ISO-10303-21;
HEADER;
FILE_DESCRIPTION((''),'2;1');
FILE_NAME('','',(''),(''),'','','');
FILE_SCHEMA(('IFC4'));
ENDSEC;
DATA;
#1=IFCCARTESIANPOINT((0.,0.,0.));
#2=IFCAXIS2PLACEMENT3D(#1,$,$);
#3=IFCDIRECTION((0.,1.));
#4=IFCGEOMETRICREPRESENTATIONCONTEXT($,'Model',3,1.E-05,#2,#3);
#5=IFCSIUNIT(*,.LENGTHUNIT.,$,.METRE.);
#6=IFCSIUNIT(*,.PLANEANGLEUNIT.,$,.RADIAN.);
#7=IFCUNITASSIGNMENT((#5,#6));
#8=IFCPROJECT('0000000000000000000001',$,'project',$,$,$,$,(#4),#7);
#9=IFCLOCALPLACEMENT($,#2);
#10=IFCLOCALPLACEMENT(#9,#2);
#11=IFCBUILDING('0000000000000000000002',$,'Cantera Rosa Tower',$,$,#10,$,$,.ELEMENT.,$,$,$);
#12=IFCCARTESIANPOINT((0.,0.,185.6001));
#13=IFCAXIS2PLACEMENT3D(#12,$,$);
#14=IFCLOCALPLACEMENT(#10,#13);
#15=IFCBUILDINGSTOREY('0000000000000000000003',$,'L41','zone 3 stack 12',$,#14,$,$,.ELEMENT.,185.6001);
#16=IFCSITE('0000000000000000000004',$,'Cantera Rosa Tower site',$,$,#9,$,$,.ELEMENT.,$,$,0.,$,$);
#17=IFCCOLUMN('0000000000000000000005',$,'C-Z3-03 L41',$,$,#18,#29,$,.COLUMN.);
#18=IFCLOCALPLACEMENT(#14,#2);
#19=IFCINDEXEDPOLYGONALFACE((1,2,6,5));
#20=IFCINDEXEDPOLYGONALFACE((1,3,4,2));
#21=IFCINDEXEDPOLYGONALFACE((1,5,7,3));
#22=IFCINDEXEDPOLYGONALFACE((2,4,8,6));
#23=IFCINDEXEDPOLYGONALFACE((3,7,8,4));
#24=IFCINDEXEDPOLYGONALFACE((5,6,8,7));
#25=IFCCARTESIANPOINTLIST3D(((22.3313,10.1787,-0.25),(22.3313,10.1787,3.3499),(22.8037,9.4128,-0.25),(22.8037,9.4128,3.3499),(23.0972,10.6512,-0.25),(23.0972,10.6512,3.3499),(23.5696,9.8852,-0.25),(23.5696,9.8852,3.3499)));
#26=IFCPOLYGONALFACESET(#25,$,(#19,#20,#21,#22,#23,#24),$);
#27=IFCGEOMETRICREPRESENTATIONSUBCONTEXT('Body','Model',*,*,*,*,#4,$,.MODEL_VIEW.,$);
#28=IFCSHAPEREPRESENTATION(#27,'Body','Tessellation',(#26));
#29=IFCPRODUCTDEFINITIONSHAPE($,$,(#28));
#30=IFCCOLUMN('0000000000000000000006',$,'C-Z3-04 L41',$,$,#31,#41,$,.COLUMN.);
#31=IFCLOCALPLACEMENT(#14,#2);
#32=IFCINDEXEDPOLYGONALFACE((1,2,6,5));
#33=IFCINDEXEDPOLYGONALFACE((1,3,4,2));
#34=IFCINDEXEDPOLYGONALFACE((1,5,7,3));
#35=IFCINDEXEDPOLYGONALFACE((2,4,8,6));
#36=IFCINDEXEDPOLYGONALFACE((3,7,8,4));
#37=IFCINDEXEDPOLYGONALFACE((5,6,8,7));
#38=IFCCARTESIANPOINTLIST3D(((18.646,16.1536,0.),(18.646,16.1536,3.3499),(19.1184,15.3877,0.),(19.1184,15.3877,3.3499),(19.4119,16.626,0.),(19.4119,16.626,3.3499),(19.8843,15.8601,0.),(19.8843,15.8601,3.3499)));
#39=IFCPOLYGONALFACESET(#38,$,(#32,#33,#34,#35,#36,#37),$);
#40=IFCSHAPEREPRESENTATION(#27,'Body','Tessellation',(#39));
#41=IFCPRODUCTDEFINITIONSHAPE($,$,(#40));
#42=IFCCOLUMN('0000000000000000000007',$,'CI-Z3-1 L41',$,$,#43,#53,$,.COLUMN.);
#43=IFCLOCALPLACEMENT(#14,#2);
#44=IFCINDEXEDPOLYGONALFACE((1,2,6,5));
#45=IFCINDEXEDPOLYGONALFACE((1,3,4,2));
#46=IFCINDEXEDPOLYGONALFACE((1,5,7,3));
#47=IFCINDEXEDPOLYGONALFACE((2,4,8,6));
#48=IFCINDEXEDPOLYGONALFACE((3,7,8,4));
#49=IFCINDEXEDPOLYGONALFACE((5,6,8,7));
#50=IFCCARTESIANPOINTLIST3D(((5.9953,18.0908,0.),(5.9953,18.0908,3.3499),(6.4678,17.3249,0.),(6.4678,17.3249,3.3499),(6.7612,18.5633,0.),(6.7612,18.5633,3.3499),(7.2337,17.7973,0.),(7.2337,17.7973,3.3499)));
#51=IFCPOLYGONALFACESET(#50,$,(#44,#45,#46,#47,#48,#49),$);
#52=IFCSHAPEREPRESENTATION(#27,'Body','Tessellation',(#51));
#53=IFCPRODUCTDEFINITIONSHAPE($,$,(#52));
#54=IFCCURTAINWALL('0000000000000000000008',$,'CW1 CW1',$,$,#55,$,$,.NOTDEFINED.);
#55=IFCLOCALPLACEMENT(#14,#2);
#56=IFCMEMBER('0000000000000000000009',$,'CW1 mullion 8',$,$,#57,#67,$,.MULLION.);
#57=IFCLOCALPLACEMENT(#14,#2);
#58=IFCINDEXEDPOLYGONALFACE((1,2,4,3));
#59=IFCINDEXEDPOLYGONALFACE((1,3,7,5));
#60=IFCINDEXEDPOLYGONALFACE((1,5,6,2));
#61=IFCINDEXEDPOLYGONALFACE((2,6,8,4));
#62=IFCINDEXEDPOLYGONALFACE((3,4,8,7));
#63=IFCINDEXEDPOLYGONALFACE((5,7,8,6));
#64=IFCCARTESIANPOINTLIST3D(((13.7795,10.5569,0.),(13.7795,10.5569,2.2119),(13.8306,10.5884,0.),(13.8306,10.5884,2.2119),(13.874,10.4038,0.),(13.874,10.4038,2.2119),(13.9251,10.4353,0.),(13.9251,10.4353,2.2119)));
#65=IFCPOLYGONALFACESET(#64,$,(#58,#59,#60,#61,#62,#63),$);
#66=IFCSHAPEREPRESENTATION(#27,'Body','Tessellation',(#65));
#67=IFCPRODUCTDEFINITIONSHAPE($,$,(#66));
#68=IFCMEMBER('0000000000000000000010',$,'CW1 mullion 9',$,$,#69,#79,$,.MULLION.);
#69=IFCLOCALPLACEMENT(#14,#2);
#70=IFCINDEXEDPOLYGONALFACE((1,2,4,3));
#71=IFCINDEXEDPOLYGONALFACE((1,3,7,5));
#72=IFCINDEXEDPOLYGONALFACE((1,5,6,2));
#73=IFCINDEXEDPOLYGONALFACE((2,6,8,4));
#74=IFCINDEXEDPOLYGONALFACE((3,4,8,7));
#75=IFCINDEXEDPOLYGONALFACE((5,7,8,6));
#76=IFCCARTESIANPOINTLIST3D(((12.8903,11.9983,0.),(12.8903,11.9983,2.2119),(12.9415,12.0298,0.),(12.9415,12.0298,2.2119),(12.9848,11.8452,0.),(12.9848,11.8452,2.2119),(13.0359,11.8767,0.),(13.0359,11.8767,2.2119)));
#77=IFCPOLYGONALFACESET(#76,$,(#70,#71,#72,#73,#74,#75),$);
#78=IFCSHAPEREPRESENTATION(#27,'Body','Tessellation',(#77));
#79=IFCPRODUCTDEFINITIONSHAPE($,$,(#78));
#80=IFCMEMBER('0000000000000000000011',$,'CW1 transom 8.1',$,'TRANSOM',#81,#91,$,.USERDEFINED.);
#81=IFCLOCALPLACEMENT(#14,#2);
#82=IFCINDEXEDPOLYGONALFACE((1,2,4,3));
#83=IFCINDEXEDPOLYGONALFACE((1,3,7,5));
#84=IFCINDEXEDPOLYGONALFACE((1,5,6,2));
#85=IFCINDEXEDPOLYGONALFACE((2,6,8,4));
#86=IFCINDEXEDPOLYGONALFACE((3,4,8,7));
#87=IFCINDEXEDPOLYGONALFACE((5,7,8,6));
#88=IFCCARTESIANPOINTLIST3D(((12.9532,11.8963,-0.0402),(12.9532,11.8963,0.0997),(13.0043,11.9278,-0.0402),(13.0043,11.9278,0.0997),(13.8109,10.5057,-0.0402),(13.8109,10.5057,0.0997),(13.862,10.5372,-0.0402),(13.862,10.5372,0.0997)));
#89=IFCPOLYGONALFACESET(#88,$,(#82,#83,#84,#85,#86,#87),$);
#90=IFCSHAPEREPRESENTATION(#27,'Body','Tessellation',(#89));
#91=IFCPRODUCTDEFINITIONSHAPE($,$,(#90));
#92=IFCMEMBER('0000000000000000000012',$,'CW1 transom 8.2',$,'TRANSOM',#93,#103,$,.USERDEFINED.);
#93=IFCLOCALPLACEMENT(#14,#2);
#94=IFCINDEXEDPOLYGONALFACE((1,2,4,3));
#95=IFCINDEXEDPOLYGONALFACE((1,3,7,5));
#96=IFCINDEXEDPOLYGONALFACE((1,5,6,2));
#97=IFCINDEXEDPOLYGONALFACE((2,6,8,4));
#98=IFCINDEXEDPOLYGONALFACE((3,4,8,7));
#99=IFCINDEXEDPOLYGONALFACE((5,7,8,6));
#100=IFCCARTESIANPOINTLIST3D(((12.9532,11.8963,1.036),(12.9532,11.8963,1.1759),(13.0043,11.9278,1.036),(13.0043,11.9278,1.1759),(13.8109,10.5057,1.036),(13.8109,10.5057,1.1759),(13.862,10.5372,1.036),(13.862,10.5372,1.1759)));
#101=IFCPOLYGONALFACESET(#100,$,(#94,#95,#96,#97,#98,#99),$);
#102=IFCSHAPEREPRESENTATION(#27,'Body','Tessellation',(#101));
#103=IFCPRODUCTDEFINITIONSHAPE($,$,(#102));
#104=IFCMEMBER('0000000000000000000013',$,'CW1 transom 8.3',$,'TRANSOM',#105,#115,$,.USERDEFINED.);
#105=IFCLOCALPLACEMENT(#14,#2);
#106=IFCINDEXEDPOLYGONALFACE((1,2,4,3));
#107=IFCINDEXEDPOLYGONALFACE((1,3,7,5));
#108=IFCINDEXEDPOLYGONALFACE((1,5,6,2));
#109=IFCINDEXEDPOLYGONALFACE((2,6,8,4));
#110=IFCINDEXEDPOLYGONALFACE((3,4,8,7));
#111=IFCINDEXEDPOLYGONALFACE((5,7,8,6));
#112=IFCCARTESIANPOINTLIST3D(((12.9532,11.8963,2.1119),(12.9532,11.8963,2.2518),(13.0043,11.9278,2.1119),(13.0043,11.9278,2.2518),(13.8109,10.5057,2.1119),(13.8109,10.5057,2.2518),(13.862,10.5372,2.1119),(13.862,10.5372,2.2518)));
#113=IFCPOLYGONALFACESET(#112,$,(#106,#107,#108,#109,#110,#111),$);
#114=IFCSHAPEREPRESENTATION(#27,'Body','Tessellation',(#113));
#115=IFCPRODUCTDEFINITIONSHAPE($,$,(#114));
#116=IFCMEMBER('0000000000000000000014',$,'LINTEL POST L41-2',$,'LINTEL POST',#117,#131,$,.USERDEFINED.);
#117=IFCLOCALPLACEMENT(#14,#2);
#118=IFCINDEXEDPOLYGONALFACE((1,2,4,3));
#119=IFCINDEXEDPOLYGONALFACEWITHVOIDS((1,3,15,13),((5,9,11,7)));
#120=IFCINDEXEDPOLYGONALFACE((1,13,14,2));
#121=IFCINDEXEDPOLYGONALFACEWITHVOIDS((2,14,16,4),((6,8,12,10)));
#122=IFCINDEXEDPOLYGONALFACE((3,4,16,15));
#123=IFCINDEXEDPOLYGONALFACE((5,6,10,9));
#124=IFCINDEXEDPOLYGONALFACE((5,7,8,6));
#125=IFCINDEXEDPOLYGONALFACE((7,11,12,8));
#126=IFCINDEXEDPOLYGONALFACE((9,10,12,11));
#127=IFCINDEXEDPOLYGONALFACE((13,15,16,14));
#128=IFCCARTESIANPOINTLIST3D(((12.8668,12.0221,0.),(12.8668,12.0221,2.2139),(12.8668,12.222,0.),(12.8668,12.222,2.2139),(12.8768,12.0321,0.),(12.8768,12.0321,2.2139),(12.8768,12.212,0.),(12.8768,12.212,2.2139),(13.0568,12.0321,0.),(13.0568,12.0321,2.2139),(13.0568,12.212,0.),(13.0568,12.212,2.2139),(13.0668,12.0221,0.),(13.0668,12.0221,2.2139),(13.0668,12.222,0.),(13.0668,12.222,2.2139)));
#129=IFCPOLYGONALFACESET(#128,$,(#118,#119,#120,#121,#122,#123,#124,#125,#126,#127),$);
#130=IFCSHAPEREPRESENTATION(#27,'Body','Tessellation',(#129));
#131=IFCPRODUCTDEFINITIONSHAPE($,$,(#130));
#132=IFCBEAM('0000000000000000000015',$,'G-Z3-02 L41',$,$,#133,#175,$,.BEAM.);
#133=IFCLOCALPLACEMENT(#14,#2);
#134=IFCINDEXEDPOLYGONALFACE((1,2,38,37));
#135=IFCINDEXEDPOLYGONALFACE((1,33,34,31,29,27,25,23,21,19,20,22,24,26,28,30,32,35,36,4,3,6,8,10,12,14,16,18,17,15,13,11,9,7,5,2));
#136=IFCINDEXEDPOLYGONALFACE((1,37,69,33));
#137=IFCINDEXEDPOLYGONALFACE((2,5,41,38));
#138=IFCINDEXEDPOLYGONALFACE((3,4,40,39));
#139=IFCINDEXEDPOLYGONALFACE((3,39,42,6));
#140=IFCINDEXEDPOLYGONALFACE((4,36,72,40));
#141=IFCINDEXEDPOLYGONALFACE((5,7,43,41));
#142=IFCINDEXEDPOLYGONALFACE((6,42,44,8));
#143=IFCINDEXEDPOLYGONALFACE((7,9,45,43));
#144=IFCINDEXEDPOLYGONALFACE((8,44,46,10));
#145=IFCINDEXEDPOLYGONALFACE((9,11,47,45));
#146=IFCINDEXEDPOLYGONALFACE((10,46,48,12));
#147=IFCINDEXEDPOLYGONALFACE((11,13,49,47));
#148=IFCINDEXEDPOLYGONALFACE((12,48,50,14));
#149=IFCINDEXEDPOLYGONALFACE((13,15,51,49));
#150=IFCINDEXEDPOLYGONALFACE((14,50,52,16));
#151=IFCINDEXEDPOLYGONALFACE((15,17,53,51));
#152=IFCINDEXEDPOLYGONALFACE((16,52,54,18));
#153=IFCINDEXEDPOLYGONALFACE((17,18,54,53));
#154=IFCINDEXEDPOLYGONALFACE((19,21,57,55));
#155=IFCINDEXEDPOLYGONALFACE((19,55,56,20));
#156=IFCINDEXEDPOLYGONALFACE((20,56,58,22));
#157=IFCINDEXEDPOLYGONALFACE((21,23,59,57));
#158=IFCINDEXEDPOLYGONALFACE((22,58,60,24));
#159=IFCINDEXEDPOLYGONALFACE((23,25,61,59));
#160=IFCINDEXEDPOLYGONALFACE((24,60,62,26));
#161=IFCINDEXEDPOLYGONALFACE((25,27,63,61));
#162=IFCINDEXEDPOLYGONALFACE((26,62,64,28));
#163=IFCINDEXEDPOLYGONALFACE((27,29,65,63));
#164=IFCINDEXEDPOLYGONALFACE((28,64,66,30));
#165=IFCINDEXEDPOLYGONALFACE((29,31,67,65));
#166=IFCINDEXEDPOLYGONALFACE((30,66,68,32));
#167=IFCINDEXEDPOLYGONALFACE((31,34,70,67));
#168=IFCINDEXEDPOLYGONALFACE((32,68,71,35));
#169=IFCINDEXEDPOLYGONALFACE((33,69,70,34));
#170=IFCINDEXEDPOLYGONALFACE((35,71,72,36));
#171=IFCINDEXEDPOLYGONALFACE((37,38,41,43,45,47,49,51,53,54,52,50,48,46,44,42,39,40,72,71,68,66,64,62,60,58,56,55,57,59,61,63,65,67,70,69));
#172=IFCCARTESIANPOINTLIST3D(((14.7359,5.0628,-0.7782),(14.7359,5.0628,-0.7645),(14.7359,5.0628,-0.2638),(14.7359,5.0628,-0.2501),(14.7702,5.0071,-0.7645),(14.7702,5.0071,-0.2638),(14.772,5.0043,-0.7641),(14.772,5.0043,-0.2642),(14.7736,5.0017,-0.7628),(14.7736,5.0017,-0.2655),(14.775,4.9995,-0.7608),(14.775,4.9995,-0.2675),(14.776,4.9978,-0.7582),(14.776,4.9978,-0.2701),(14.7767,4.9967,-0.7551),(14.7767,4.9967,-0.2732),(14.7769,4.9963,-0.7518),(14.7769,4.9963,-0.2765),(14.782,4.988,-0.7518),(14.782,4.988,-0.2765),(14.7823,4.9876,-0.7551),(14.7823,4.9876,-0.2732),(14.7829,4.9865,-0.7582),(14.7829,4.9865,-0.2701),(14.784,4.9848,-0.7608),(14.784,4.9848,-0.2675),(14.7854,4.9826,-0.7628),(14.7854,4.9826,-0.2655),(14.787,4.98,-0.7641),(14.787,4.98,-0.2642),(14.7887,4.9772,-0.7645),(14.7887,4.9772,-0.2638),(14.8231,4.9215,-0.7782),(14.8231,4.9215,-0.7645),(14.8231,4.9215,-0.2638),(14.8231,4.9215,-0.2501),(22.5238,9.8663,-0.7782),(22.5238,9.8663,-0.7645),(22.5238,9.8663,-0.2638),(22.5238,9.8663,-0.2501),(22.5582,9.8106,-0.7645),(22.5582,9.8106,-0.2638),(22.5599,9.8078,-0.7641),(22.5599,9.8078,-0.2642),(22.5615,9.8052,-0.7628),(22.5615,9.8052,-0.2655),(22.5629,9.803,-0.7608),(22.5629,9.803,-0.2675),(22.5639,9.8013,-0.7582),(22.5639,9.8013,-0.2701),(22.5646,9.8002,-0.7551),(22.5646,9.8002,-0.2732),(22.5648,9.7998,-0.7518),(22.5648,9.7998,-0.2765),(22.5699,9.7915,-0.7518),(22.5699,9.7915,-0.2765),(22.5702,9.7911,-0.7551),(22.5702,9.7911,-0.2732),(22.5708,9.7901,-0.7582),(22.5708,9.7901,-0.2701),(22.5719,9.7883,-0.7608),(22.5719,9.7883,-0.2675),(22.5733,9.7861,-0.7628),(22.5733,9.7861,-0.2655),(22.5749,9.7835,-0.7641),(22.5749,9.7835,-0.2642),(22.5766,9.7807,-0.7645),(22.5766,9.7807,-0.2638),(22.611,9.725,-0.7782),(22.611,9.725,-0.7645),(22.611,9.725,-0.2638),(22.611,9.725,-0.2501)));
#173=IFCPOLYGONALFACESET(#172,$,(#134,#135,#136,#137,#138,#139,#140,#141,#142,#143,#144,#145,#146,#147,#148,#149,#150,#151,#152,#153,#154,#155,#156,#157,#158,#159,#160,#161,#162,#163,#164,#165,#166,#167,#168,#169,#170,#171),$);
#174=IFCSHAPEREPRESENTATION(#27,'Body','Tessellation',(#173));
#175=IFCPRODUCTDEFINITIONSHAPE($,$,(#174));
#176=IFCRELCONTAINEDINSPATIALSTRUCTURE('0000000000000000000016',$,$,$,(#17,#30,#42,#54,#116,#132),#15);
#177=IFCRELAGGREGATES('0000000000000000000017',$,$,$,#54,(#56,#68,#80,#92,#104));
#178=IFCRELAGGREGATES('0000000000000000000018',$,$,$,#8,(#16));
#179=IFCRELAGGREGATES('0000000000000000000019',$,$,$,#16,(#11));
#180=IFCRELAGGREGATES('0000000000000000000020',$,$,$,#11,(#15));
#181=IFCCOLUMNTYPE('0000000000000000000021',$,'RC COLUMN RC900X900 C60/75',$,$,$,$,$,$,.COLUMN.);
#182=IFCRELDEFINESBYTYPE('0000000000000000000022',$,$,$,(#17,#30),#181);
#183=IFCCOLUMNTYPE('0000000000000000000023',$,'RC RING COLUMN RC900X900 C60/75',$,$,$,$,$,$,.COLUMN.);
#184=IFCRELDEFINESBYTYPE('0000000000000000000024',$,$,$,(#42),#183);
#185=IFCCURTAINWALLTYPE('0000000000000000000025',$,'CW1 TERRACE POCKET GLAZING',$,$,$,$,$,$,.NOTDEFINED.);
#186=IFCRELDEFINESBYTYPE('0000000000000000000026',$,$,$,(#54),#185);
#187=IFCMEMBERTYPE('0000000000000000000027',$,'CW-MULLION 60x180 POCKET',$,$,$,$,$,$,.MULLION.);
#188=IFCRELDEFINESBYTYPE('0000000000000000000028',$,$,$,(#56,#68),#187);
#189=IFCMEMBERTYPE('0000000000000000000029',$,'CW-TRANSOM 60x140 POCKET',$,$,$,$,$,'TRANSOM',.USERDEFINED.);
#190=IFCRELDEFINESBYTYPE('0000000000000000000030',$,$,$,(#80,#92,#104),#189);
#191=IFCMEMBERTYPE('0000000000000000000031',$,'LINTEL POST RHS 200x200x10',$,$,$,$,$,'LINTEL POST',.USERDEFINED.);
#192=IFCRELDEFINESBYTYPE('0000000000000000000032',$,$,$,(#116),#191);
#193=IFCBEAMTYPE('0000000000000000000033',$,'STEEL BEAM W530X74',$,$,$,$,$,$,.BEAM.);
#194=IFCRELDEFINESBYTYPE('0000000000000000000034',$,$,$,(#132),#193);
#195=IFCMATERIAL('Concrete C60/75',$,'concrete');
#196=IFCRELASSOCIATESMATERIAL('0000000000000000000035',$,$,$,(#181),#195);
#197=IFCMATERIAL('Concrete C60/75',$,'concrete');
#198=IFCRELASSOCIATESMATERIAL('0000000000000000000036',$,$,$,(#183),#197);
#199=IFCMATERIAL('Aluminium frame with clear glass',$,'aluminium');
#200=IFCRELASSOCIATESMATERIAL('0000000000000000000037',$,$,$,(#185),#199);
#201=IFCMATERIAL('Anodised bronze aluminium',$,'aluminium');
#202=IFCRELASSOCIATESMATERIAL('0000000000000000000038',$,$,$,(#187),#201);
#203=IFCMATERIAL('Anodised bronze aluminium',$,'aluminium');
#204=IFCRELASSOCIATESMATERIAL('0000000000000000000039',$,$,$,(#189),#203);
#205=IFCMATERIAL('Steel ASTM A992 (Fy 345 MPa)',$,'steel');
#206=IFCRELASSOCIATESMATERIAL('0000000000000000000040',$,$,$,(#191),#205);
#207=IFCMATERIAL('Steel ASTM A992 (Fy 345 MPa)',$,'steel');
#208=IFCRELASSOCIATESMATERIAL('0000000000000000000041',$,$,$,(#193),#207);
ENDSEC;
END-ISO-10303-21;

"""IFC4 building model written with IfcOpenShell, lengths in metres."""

from ifc_helpers import new_model, si_unit, direction, frame, origin, origin_2d, place, context, subcontext, project, spatial, rectangle, hollow_rectangle, i_section, extrude, material, material_profile, profile_set, type_object, element, aggregate, save


model = new_model("IFC4")

# Units and contexts
model_context = context("Model", 3, precision=1e-05, world=origin(), true_north=direction((0.0, 1.0)))
body_context = subcontext(model_context, "Body", "Model", "MODEL_VIEW")
ifc_project = project(units=[si_unit("LENGTHUNIT", "METRE"), si_unit("PLANEANGLEUNIT", "RADIAN")], contexts=[model_context])

# Site, building, storey
site_placement = place(None, origin())
site = spatial("IfcSite", under=ifc_project, at=site_placement, Name="Cantera Rosa Tower site", CompositionType="ELEMENT", RefElevation=0.0)
building_placement = place(site_placement, origin())
building = spatial("IfcBuilding", under=site, at=building_placement, Name="Cantera Rosa Tower", CompositionType="ELEMENT")
storey_placement = place(building_placement, frame((0.0, 0.0, 185.6001)))
storey = spatial("IfcBuildingStorey", under=building, at=storey_placement, Name="L41", Description="zone 3 stack 12", CompositionType="ELEMENT", Elevation=185.6001)

# Columns
ifc_material_1 = material(Name="Concrete C60/75", Category="concrete")
ifc_material_profile_1 = material_profile(ifc_material_1, rectangle(XDim=0.8999, YDim=0.8999, at=origin_2d()), Name="RC COLUMN RC900X900 C60/75")
ifc_profile_set_1 = profile_set([ifc_material_profile_1], Name="Concrete C60/75")
column_type_1 = type_object("IfcColumnType", Name="RC COLUMN RC900X900 C60/75", PredefinedType="COLUMN", material=ifc_profile_set_1)
column_1_placement = place(storey_placement, frame((22.9504, 10.032, -0.25), z_axis=(0.0, 0.0, 1.0), x_axis=(0.851117, 0.524977, 0.0)))
element("IfcColumn", 1, at=column_1_placement, inside=storey, type_object=column_type_1, Name="C-Z3-03 L41", PredefinedType="COLUMN", context=body_context, shape_type="SweptSolid", body=[
    extrude(rectangle(XDim=0.8999, YDim=0.8999, at=origin_2d()), origin(), (0.0, 0.0, 1.0), 3.5999),
])
column_2_placement = place(storey_placement, frame((19.2651, 16.0068, 0.0), z_axis=(0.0, 0.0, 1.0), x_axis=(0.851117, 0.524977, 0.0)))
element("IfcColumn", 2, at=column_2_placement, inside=storey, type_object=column_type_1, Name="C-Z3-04 L41", PredefinedType="COLUMN", context=body_context, shape_type="SweptSolid", body=[
    extrude(rectangle(XDim=0.8999, YDim=0.8999, at=origin_2d()), origin(), (0.0, 0.0, 1.0), 3.3499),
])
ifc_material_2 = material(Name="Concrete C60/75", Category="concrete")
ifc_material_profile_2 = material_profile(ifc_material_2, rectangle(XDim=0.8999, YDim=0.8999, at=origin_2d()), Name="RC RING COLUMN RC900X900 C60/75")
ifc_profile_set_2 = profile_set([ifc_material_profile_2], Name="Concrete C60/75")
column_type_2 = type_object("IfcColumnType", Name="RC RING COLUMN RC900X900 C60/75", PredefinedType="COLUMN", material=ifc_profile_set_2)
column_3_placement = place(storey_placement, frame((6.6145, 17.9441, 0.0), z_axis=(0.0, 0.0, 1.0), x_axis=(0.851117, 0.524977, 0.0)))
element("IfcColumn", 3, at=column_3_placement, inside=storey, type_object=column_type_2, Name="CI-Z3-1 L41", PredefinedType="COLUMN", context=body_context, shape_type="SweptSolid", body=[
    extrude(rectangle(XDim=0.8999, YDim=0.8999, at=origin_2d()), origin(), (0.0, 0.0, 1.0), 3.3499),
])

# Curtain wall, members
ifc_material_3 = material(Name="Aluminium frame with clear glass", Category="aluminium")
curtain_wall_type = type_object("IfcCurtainWallType", Name="CW1 TERRACE POCKET GLAZING", PredefinedType="NOTDEFINED", material=ifc_material_3)
curtain_wall_placement = place(storey_placement, origin())
curtain_wall = element("IfcCurtainWall", 4, at=curtain_wall_placement, inside=storey, type_object=curtain_wall_type, Name="CW1 CW1", PredefinedType="NOTDEFINED")
ifc_material_4 = material(Name="Anodised bronze aluminium", Category="aluminium")
ifc_material_profile_3 = material_profile(ifc_material_4, rectangle(XDim=0.0601, YDim=0.1799, at=origin_2d()), Name="CW-MULLION 60x180 POCKET")
ifc_profile_set_3 = profile_set([ifc_material_profile_3], Name="Anodised bronze aluminium")
member_type_1 = type_object("IfcMemberType", Name="CW-MULLION 60x180 POCKET", PredefinedType="MULLION", material=ifc_profile_set_3)
member_1_placement = place(storey_placement, frame((13.8523, 10.4961, 0.0), z_axis=(0.0, 0.0, 1.0), x_axis=(-0.851117, -0.524977, 0.0)))
member_1 = element("IfcMember", 5, at=member_1_placement, type_object=member_type_1, Name="CW1 mullion 8", PredefinedType="MULLION", context=body_context, shape_type="SweptSolid", body=[
    extrude(rectangle(XDim=0.0601, YDim=0.1799, at=origin_2d()), origin(), (0.0, 0.0, 1.0), 2.2119),
])
member_2_placement = place(storey_placement, frame((12.9631, 11.9375, 0.0), z_axis=(0.0, 0.0, 1.0), x_axis=(-0.851117, -0.524977, 0.0)))
member_2 = element("IfcMember", 6, at=member_2_placement, type_object=member_type_1, Name="CW1 mullion 9", PredefinedType="MULLION", context=body_context, shape_type="SweptSolid", body=[
    extrude(rectangle(XDim=0.0601, YDim=0.1799, at=origin_2d()), origin(), (0.0, 0.0, 1.0), 2.2119),
])
ifc_material_5 = material(Name="Anodised bronze aluminium", Category="aluminium")
ifc_material_profile_4 = material_profile(ifc_material_5, rectangle(XDim=0.0601, YDim=0.1399, at=origin_2d()), Name="CW-TRANSOM 60x140 POCKET")
ifc_profile_set_4 = profile_set([ifc_material_profile_4], Name="Anodised bronze aluminium")
member_type_2 = type_object("IfcMemberType", Name="CW-TRANSOM 60x140 POCKET", ElementType="TRANSOM", PredefinedType="USERDEFINED", material=ifc_profile_set_4)
member_3_placement = place(storey_placement, frame((13.8364, 10.5215, 0.0298), z_axis=(-0.524939, 0.85114, 0.0), x_axis=(-0.85114, -0.524939, 0.0)))
member_3 = element("IfcMember", 7, at=member_3_placement, type_object=member_type_2, Name="CW1 transom 8.1", ObjectType="TRANSOM", PredefinedType="USERDEFINED", context=body_context, shape_type="SweptSolid", body=[
    extrude(rectangle(XDim=0.0601, YDim=0.1399, at=origin_2d()), origin(), (0.0, 0.0, 1.0), 1.6338),
])
member_4_placement = place(storey_placement, frame((13.8364, 10.5215, 1.106), z_axis=(-0.524939, 0.85114, 0.0), x_axis=(-0.85114, -0.524939, 0.0)))
member_4 = element("IfcMember", 8, at=member_4_placement, type_object=member_type_2, Name="CW1 transom 8.2", ObjectType="TRANSOM", PredefinedType="USERDEFINED", context=body_context, shape_type="SweptSolid", body=[
    extrude(rectangle(XDim=0.0601, YDim=0.1399, at=origin_2d()), origin(), (0.0, 0.0, 1.0), 1.6338),
])
member_5_placement = place(storey_placement, frame((13.8364, 10.5215, 2.1819), z_axis=(-0.524939, 0.85114, 0.0), x_axis=(-0.85114, -0.524939, 0.0)))
member_5 = element("IfcMember", 9, at=member_5_placement, type_object=member_type_2, Name="CW1 transom 8.3", ObjectType="TRANSOM", PredefinedType="USERDEFINED", context=body_context, shape_type="SweptSolid", body=[
    extrude(rectangle(XDim=0.0601, YDim=0.1399, at=origin_2d()), origin(), (0.0, 0.0, 1.0), 1.6338),
])

# Member
ifc_material_6 = material(Name="Steel ASTM A992 (Fy 345 MPa)", Category="steel")
ifc_material_profile_5 = material_profile(ifc_material_6, hollow_rectangle(XDim=0.2, YDim=0.2, WallThickness=0.01, at=origin_2d()), Name="LINTEL POST RHS 200x200x10")
ifc_profile_set_5 = profile_set([ifc_material_profile_5], Name="Steel ASTM A992 (Fy 345 MPa)")
member_type_3 = type_object("IfcMemberType", Name="LINTEL POST RHS 200x200x10", ElementType="LINTEL POST", PredefinedType="USERDEFINED", material=ifc_profile_set_5)
member_6_placement = place(storey_placement, frame((12.9668, 12.1221, 0.0), z_axis=(0.0, 0.0, 1.0), x_axis=(1.0, 0.0, 0.0)))
element("IfcMember", 10, at=member_6_placement, inside=storey, type_object=member_type_3, Name="LINTEL POST L41-2", ObjectType="LINTEL POST", PredefinedType="USERDEFINED", context=body_context, shape_type="SweptSolid", body=[
    extrude(hollow_rectangle(XDim=0.2, YDim=0.2, WallThickness=0.01, at=origin_2d()), origin(), (0.0, 0.0, 1.0), 2.2139),
])

# Beam
ifc_material_7 = material(Name="Steel ASTM A992 (Fy 345 MPa)", Category="steel")
ifc_material_profile_6 = material_profile(ifc_material_7, i_section(OverallWidth=0.166, OverallDepth=0.5281, WebThickness=0.0098, FlangeThickness=0.0137, FilletRadius=0.0127, at=origin_2d()), Name="W530X74")
ifc_profile_set_6 = profile_set([ifc_material_profile_6], Name="Steel ASTM A992 (Fy 345 MPa)")
beam_type_1 = type_object("IfcBeamType", Name="STEEL BEAM W530X74", PredefinedType="BEAM", material=ifc_profile_set_6)
beam_1_placement = place(storey_placement, frame((22.5674, 9.7957, -0.5142), z_axis=(-0.851124, -0.524965, 0.0), x_axis=(0.524965, -0.851124, 0.0)))
element("IfcBeam", 11, at=beam_1_placement, inside=storey, type_object=beam_type_1, Name="G-Z3-02 L41", PredefinedType="BEAM", context=body_context, shape_type="SweptSolid", body=[
    extrude(i_section(OverallWidth=0.166, OverallDepth=0.5281, WebThickness=0.0098, FlangeThickness=0.0137, FilletRadius=0.0127, at=origin_2d()), origin(), (0.0, 0.0, 1.0), 9.1501),
])

aggregate(curtain_wall, [member_1, member_2, member_3, member_4, member_5])

save(model, "model.ifc")
